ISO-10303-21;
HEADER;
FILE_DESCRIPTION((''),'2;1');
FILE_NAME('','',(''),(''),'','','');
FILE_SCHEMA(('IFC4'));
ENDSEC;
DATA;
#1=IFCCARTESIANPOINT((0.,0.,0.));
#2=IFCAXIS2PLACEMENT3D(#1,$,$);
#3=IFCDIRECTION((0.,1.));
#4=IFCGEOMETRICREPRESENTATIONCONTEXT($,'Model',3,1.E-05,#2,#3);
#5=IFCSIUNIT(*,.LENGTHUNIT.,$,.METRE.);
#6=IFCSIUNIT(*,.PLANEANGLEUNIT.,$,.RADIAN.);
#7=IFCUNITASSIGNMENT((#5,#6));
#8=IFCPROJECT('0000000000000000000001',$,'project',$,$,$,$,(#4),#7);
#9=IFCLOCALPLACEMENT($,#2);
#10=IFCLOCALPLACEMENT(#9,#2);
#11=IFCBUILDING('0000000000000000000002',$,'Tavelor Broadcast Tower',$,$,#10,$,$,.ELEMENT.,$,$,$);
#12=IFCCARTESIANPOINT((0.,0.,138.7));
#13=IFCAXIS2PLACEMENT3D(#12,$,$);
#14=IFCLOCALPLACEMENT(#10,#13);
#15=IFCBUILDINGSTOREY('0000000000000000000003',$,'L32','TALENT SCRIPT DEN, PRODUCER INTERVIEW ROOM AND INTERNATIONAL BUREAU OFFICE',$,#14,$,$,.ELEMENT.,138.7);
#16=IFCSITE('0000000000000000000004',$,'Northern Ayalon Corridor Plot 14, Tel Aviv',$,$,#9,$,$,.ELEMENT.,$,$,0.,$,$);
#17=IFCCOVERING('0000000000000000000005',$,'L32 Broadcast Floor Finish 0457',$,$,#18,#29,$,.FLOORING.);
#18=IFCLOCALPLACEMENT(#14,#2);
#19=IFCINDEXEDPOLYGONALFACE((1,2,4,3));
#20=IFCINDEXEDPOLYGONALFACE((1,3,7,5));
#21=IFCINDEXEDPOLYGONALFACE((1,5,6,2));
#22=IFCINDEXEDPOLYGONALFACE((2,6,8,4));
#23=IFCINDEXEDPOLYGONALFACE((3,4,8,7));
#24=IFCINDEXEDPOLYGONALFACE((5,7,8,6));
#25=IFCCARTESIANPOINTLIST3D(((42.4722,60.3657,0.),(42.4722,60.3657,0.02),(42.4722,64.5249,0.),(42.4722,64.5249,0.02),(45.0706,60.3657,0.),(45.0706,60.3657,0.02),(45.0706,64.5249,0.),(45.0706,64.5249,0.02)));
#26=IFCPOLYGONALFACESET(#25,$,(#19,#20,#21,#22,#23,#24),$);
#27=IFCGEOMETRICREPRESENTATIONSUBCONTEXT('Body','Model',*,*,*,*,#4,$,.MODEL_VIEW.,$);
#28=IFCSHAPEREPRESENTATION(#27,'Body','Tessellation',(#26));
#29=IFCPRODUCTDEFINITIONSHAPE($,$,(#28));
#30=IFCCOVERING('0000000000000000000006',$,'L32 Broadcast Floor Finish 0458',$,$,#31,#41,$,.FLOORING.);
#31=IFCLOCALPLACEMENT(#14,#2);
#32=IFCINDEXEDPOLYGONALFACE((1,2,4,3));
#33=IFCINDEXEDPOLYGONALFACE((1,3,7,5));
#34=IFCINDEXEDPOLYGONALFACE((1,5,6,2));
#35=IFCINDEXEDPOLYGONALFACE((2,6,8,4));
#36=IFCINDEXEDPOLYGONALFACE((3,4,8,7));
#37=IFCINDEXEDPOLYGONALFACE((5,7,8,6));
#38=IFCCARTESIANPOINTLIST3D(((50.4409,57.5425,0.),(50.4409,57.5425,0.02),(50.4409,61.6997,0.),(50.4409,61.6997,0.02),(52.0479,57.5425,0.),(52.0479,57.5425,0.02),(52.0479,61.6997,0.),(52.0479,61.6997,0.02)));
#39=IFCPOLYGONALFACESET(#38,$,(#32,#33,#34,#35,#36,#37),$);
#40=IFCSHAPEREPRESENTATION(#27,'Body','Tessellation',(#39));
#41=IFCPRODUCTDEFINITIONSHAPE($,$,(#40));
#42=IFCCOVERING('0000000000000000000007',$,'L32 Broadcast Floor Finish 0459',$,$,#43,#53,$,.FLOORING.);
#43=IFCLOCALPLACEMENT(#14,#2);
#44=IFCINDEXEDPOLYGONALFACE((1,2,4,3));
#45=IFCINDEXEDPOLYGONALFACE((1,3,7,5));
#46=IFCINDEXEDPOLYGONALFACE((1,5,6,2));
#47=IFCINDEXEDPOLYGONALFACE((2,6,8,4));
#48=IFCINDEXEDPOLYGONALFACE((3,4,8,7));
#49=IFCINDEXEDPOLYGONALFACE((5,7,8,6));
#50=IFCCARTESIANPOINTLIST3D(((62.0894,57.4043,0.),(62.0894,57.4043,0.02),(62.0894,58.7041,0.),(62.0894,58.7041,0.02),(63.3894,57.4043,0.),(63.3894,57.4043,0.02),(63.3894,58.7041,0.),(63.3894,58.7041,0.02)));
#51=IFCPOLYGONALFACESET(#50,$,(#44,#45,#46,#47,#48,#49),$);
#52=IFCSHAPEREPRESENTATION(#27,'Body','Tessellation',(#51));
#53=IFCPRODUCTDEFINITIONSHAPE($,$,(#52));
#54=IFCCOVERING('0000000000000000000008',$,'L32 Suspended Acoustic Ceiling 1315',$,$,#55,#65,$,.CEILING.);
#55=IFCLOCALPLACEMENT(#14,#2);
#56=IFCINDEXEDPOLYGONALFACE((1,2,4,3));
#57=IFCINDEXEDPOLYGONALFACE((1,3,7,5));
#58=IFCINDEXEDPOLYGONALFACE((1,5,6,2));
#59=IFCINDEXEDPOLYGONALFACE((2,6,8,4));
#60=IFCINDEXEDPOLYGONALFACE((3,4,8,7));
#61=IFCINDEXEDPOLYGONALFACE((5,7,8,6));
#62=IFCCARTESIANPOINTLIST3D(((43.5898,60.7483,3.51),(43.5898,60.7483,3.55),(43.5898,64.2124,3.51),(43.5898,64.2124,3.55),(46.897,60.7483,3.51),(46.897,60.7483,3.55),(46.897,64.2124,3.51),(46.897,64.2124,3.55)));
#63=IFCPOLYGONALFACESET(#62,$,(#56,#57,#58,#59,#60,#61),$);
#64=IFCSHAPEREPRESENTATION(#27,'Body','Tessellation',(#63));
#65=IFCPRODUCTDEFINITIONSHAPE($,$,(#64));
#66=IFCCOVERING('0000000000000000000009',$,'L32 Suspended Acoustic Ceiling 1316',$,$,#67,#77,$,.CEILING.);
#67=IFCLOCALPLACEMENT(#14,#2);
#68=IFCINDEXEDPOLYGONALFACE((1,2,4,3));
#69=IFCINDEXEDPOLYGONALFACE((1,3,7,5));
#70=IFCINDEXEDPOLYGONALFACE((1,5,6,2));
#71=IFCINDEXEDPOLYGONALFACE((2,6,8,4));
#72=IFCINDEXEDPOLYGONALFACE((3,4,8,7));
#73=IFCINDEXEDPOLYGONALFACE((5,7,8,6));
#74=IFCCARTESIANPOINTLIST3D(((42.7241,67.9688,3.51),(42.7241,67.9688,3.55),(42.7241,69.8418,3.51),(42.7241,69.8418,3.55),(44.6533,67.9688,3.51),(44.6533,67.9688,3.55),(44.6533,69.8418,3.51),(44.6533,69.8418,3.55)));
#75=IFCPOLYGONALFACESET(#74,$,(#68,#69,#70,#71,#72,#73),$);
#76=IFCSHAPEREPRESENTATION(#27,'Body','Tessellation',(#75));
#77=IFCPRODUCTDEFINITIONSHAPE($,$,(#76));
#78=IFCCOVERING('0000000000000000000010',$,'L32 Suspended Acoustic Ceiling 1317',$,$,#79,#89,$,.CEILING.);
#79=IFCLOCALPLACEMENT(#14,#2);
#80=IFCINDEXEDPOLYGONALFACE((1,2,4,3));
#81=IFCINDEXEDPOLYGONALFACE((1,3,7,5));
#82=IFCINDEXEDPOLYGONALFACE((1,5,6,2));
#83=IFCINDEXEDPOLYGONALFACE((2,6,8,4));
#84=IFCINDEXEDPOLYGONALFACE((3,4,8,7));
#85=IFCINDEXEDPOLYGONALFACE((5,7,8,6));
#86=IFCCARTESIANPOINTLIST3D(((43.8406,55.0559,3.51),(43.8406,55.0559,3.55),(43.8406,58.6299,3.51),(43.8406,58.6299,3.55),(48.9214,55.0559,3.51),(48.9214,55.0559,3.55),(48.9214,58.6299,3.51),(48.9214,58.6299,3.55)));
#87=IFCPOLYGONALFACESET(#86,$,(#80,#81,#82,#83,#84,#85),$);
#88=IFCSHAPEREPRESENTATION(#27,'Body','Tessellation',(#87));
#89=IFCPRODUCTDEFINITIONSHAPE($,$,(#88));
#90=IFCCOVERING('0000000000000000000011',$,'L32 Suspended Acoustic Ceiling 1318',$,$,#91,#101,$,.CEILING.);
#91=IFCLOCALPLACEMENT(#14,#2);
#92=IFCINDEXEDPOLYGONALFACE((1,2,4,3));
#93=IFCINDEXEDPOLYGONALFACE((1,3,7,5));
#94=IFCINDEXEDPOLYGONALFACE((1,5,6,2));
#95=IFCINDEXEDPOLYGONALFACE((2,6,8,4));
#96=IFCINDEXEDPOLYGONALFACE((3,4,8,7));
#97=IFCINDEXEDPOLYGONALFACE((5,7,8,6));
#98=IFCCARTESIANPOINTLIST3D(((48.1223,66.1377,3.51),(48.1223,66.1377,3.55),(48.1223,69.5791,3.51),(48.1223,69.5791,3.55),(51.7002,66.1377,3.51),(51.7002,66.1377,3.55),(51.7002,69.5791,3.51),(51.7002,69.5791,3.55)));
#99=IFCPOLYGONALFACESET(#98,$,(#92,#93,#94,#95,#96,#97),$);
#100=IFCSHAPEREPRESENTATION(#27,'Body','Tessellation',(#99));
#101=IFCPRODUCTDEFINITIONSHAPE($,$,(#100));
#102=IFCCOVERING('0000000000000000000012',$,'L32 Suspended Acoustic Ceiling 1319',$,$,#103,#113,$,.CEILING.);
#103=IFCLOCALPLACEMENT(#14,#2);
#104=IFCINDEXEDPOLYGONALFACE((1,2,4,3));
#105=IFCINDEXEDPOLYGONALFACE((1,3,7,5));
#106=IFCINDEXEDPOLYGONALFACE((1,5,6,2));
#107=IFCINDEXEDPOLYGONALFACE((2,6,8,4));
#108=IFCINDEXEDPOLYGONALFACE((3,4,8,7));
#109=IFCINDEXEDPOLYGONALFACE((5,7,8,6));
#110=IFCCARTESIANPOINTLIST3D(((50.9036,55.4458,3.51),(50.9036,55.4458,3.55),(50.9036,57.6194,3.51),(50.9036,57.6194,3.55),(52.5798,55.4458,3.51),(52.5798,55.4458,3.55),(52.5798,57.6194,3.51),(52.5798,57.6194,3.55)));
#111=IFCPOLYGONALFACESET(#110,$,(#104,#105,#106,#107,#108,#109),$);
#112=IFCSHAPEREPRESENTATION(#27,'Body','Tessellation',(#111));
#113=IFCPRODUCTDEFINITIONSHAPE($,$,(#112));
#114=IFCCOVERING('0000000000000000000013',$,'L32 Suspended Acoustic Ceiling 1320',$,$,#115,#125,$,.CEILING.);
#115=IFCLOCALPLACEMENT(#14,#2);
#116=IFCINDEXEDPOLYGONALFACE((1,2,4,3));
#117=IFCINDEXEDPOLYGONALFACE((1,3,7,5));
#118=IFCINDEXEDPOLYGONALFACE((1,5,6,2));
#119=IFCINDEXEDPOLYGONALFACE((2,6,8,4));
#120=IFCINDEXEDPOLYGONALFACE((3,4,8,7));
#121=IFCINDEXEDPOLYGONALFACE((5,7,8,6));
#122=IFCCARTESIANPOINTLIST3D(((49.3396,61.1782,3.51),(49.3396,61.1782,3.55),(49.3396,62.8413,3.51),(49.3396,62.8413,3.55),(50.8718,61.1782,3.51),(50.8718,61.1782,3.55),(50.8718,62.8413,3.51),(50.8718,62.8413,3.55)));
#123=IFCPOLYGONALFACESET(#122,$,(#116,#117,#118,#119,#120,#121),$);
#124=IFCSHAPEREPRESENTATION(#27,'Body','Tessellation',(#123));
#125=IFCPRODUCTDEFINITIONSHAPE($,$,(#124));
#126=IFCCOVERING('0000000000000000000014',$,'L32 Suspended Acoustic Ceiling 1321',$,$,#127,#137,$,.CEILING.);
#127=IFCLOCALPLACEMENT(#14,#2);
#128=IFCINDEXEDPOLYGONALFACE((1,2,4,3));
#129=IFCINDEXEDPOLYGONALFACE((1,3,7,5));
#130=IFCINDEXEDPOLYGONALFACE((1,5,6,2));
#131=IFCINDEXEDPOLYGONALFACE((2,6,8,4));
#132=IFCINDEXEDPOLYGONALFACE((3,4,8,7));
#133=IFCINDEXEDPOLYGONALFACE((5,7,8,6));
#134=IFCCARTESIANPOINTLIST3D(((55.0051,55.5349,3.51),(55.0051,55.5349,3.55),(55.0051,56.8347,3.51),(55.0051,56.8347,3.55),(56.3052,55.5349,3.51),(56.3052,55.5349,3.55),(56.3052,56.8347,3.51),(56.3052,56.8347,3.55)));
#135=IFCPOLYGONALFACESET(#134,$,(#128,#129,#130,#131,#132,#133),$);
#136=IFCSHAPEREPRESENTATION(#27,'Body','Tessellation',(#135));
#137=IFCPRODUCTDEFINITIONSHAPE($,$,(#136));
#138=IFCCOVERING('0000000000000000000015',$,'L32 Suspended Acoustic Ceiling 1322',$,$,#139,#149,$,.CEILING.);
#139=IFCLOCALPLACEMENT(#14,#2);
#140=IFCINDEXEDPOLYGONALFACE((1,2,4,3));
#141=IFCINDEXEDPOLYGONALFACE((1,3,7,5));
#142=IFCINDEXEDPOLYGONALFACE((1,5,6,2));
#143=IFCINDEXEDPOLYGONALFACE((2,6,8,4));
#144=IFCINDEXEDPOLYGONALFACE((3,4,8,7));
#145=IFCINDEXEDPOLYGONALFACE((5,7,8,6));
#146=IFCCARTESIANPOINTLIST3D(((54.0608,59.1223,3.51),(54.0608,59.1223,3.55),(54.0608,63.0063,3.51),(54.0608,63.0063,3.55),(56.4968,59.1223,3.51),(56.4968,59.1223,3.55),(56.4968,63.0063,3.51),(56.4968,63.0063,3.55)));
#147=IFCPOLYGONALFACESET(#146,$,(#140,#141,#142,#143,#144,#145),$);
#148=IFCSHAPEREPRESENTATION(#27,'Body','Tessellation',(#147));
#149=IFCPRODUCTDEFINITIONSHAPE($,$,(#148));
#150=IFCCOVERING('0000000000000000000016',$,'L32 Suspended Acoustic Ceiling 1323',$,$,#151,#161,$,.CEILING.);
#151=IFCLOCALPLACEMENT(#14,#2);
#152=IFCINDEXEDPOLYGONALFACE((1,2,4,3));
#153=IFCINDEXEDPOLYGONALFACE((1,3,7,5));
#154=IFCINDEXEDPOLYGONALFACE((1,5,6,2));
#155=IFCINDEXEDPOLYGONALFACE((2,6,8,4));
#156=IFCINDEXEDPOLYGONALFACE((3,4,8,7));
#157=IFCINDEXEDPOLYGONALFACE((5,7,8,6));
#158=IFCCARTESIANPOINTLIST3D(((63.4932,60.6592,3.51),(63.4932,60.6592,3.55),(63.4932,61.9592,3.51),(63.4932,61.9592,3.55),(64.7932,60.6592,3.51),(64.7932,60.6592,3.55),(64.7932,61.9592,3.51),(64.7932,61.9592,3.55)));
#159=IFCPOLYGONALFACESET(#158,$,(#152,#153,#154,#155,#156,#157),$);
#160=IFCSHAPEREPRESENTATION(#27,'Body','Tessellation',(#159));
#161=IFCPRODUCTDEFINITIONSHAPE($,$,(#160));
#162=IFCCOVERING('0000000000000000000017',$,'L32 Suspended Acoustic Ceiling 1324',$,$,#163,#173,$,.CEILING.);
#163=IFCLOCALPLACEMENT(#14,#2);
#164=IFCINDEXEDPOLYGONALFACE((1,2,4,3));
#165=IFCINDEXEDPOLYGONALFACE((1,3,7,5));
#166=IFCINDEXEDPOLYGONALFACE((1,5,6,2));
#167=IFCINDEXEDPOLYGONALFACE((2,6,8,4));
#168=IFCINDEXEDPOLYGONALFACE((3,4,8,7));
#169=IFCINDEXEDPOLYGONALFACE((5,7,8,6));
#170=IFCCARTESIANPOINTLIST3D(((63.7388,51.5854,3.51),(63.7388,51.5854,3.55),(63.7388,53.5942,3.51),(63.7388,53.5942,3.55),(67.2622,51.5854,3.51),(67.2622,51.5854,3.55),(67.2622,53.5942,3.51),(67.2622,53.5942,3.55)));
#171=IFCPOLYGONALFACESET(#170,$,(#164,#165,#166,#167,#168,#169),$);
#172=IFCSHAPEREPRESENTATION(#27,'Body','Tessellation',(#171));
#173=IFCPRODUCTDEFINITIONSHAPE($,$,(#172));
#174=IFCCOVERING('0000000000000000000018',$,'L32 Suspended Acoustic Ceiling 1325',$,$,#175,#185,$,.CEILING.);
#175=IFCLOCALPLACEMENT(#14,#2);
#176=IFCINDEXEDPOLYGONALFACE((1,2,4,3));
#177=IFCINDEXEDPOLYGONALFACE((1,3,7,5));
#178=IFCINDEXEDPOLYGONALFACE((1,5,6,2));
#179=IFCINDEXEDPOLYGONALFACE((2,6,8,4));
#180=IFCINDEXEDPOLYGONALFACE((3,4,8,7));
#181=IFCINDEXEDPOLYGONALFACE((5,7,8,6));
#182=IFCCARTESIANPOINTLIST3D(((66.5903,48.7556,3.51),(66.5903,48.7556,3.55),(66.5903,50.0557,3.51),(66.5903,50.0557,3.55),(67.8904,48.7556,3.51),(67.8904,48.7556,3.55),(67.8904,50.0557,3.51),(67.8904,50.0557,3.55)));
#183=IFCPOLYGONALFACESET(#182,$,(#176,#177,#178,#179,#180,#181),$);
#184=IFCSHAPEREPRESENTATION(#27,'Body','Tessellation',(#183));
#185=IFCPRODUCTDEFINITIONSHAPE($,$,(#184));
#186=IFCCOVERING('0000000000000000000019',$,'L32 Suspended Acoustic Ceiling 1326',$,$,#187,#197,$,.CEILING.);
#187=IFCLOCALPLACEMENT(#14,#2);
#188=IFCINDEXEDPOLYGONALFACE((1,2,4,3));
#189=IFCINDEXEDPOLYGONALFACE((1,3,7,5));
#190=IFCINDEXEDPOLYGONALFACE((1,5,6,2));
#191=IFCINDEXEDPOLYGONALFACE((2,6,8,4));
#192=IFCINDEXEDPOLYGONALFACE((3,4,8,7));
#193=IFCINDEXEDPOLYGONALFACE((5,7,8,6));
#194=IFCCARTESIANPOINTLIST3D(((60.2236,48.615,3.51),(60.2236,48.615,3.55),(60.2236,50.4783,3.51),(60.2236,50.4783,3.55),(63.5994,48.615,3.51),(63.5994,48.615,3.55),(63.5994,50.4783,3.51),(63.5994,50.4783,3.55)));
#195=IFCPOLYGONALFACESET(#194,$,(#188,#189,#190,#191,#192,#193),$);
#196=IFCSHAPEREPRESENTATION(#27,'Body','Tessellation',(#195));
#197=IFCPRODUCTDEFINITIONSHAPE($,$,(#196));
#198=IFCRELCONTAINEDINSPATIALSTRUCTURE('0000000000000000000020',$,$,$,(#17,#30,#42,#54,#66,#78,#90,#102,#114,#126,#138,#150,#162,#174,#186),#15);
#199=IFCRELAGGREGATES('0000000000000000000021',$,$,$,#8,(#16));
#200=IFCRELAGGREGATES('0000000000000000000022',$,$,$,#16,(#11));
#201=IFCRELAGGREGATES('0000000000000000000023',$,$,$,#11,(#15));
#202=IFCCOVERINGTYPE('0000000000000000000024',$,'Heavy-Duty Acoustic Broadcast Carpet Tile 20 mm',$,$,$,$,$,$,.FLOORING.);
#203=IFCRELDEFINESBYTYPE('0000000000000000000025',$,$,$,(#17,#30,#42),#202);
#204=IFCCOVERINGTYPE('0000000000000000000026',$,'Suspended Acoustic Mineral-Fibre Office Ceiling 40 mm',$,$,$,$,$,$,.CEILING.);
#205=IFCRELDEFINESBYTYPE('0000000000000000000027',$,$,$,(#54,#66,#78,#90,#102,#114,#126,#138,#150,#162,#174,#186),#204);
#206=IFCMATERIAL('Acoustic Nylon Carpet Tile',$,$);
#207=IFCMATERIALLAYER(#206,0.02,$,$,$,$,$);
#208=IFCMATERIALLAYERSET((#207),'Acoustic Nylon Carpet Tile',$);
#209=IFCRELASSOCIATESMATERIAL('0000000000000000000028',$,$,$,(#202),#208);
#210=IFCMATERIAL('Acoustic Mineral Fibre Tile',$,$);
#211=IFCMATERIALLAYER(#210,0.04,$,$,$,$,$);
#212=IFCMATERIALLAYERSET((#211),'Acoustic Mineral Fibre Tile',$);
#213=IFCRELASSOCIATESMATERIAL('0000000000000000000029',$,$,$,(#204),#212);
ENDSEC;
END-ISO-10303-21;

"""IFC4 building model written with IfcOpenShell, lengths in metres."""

from ifc_helpers import new_model, si_unit, direction, frame, origin, place, context, subcontext, project, spatial, polyline, outline, extrude, material, layer, layer_set, type_object, element, save


model = new_model("IFC4")

# Units and contexts
model_context = context("Model", 3, precision=1e-05, world=origin(), true_north=direction((0.0, 1.0)))
body_context = subcontext(model_context, "Body", "Model", "MODEL_VIEW")
ifc_project = project(units=[si_unit("LENGTHUNIT", "METRE"), si_unit("PLANEANGLEUNIT", "RADIAN")], contexts=[model_context])

# Site, building, storey
site_placement = place(None, origin())
site = spatial("IfcSite", under=ifc_project, at=site_placement, Name="Northern Ayalon Corridor Plot 14, Tel Aviv", CompositionType="ELEMENT", RefElevation=0.0)
building_placement = place(site_placement, origin())
building = spatial("IfcBuilding", under=site, at=building_placement, Name="Tavelor Broadcast Tower", CompositionType="ELEMENT")
storey_placement = place(building_placement, frame((0.0, 0.0, 138.7)))
storey = spatial("IfcBuildingStorey", under=building, at=storey_placement, Name="L32", Description="TALENT SCRIPT DEN, PRODUCER INTERVIEW ROOM AND INTERNATIONAL BUREAU OFFICE", CompositionType="ELEMENT", Elevation=138.7)

# Coverings
ifc_material_1 = material(Name="Acoustic Nylon Carpet Tile")
ifc_layer_1 = layer(ifc_material_1, 0.02)
ifc_layer_set_1 = layer_set([ifc_layer_1], Name="Acoustic Nylon Carpet Tile")
covering_type_1 = type_object("IfcCoveringType", Name="Heavy-Duty Acoustic Broadcast Carpet Tile 20 mm", PredefinedType="FLOORING", material=ifc_layer_set_1)
covering_1_placement = place(storey_placement, origin())
element("IfcCovering", 1, at=covering_1_placement, inside=storey, type_object=covering_type_1, Name="L32 Broadcast Floor Finish 0457", PredefinedType="FLOORING", context=body_context, shape_type="SweptSolid", body=[
    extrude(outline(polyline([(42.4722, 60.3657), (45.0706, 60.3657), (45.0706, 64.5249), (42.4722, 64.5249), (42.4722, 60.3657)])), origin(), (0.0, 0.0, 1.0), 0.02),
])
covering_2_placement = place(storey_placement, origin())
element("IfcCovering", 2, at=covering_2_placement, inside=storey, type_object=covering_type_1, Name="L32 Broadcast Floor Finish 0458", PredefinedType="FLOORING", context=body_context, shape_type="SweptSolid", body=[
    extrude(outline(polyline([(50.4409, 57.5425), (52.0479, 57.5425), (52.0479, 61.6997), (50.4409, 61.6997), (50.4409, 57.5425)])), origin(), (0.0, 0.0, 1.0), 0.02),
])
covering_3_placement = place(storey_placement, origin())
element("IfcCovering", 3, at=covering_3_placement, inside=storey, type_object=covering_type_1, Name="L32 Broadcast Floor Finish 0459", PredefinedType="FLOORING", context=body_context, shape_type="SweptSolid", body=[
    extrude(outline(polyline([(62.0894, 57.4043), (63.3894, 57.4043), (63.3894, 58.7041), (62.0894, 58.7041), (62.0894, 57.4043)])), origin(), (0.0, 0.0, 1.0), 0.02),
])
ifc_material_2 = material(Name="Acoustic Mineral Fibre Tile")
ifc_layer_2 = layer(ifc_material_2, 0.04)
ifc_layer_set_2 = layer_set([ifc_layer_2], Name="Acoustic Mineral Fibre Tile")
covering_type_2 = type_object("IfcCoveringType", Name="Suspended Acoustic Mineral-Fibre Office Ceiling 40 mm", PredefinedType="CEILING", material=ifc_layer_set_2)
covering_4_placement = place(storey_placement, frame((0.0, 0.0, 3.51)))
element("IfcCovering", 4, at=covering_4_placement, inside=storey, type_object=covering_type_2, Name="L32 Suspended Acoustic Ceiling 1315", PredefinedType="CEILING", context=body_context, shape_type="SweptSolid", body=[
    extrude(outline(polyline([(43.5898, 60.7483), (46.897, 60.7483), (46.897, 64.2124), (43.5898, 64.2124), (43.5898, 60.7483)])), origin(), (0.0, 0.0, 1.0), 0.04),
])
covering_5_placement = place(storey_placement, frame((0.0, 0.0, 3.51)))
element("IfcCovering", 5, at=covering_5_placement, inside=storey, type_object=covering_type_2, Name="L32 Suspended Acoustic Ceiling 1316", PredefinedType="CEILING", context=body_context, shape_type="SweptSolid", body=[
    extrude(outline(polyline([(42.7241, 67.9688), (44.6533, 67.9688), (44.6533, 69.8418), (42.7241, 69.8418), (42.7241, 67.9688)])), origin(), (0.0, 0.0, 1.0), 0.04),
])
covering_6_placement = place(storey_placement, frame((0.0, 0.0, 3.51)))
element("IfcCovering", 6, at=covering_6_placement, inside=storey, type_object=covering_type_2, Name="L32 Suspended Acoustic Ceiling 1317", PredefinedType="CEILING", context=body_context, shape_type="SweptSolid", body=[
    extrude(outline(polyline([(43.8406, 55.0559), (48.9214, 55.0559), (48.9214, 58.6299), (43.8406, 58.6299), (43.8406, 55.0559)])), origin(), (0.0, 0.0, 1.0), 0.04),
])
covering_7_placement = place(storey_placement, frame((0.0, 0.0, 3.51)))
element("IfcCovering", 7, at=covering_7_placement, inside=storey, type_object=covering_type_2, Name="L32 Suspended Acoustic Ceiling 1318", PredefinedType="CEILING", context=body_context, shape_type="SweptSolid", body=[
    extrude(outline(polyline([(48.1223, 66.1377), (51.7002, 66.1377), (51.7002, 69.5791), (48.1223, 69.5791), (48.1223, 66.1377)])), origin(), (0.0, 0.0, 1.0), 0.04),
])
covering_8_placement = place(storey_placement, frame((0.0, 0.0, 3.51)))
element("IfcCovering", 8, at=covering_8_placement, inside=storey, type_object=covering_type_2, Name="L32 Suspended Acoustic Ceiling 1319", PredefinedType="CEILING", context=body_context, shape_type="SweptSolid", body=[
    extrude(outline(polyline([(50.9036, 55.4458), (52.5798, 55.4458), (52.5798, 57.6194), (50.9036, 57.6194), (50.9036, 55.4458)])), origin(), (0.0, 0.0, 1.0), 0.04),
])
covering_9_placement = place(storey_placement, frame((0.0, 0.0, 3.51)))
element("IfcCovering", 9, at=covering_9_placement, inside=storey, type_object=covering_type_2, Name="L32 Suspended Acoustic Ceiling 1320", PredefinedType="CEILING", context=body_context, shape_type="SweptSolid", body=[
    extrude(outline(polyline([(49.3396, 61.1782), (50.8718, 61.1782), (50.8718, 62.8413), (49.3396, 62.8413), (49.3396, 61.1782)])), origin(), (0.0, 0.0, 1.0), 0.04),
])
covering_10_placement = place(storey_placement, frame((0.0, 0.0, 3.51)))
element("IfcCovering", 10, at=covering_10_placement, inside=storey, type_object=covering_type_2, Name="L32 Suspended Acoustic Ceiling 1321", PredefinedType="CEILING", context=body_context, shape_type="SweptSolid", body=[
    extrude(outline(polyline([(55.0051, 55.5349), (56.3052, 55.5349), (56.3052, 56.8347), (55.0051, 56.8347), (55.0051, 55.5349)])), origin(), (0.0, 0.0, 1.0), 0.04),
])
covering_11_placement = place(storey_placement, frame((0.0, 0.0, 3.51)))
element("IfcCovering", 11, at=covering_11_placement, inside=storey, type_object=covering_type_2, Name="L32 Suspended Acoustic Ceiling 1322", PredefinedType="CEILING", context=body_context, shape_type="SweptSolid", body=[
    extrude(outline(polyline([(54.0608, 59.1223), (56.4968, 59.1223), (56.4968, 63.0063), (54.0608, 63.0063), (54.0608, 59.1223)])), origin(), (0.0, 0.0, 1.0), 0.04),
])
covering_12_placement = place(storey_placement, frame((0.0, 0.0, 3.51)))
element("IfcCovering", 12, at=covering_12_placement, inside=storey, type_object=covering_type_2, Name="L32 Suspended Acoustic Ceiling 1323", PredefinedType="CEILING", context=body_context, shape_type="SweptSolid", body=[
    extrude(outline(polyline([(63.4932, 60.6592), (64.7932, 60.6592), (64.7932, 61.9592), (63.4932, 61.9592), (63.4932, 60.6592)])), origin(), (0.0, 0.0, 1.0), 0.04),
])
covering_13_placement = place(storey_placement, frame((0.0, 0.0, 3.51)))
element("IfcCovering", 13, at=covering_13_placement, inside=storey, type_object=covering_type_2, Name="L32 Suspended Acoustic Ceiling 1324", PredefinedType="CEILING", context=body_context, shape_type="SweptSolid", body=[
    extrude(outline(polyline([(63.7388, 51.5854), (67.2622, 51.5854), (67.2622, 53.5942), (63.7388, 53.5942), (63.7388, 51.5854)])), origin(), (0.0, 0.0, 1.0), 0.04),
])
covering_14_placement = place(storey_placement, frame((0.0, 0.0, 3.51)))
element("IfcCovering", 14, at=covering_14_placement, inside=storey, type_object=covering_type_2, Name="L32 Suspended Acoustic Ceiling 1325", PredefinedType="CEILING", context=body_context, shape_type="SweptSolid", body=[
    extrude(outline(polyline([(66.5903, 48.7556), (67.8904, 48.7556), (67.8904, 50.0557), (66.5903, 50.0557), (66.5903, 48.7556)])), origin(), (0.0, 0.0, 1.0), 0.04),
])
covering_15_placement = place(storey_placement, frame((0.0, 0.0, 3.51)))
element("IfcCovering", 15, at=covering_15_placement, inside=storey, type_object=covering_type_2, Name="L32 Suspended Acoustic Ceiling 1326", PredefinedType="CEILING", context=body_context, shape_type="SweptSolid", body=[
    extrude(outline(polyline([(60.2236, 48.615), (63.5994, 48.615), (63.5994, 50.4783), (60.2236, 50.4783), (60.2236, 48.615)])), origin(), (0.0, 0.0, 1.0), 0.04),
])

save(model, "model.ifc")
